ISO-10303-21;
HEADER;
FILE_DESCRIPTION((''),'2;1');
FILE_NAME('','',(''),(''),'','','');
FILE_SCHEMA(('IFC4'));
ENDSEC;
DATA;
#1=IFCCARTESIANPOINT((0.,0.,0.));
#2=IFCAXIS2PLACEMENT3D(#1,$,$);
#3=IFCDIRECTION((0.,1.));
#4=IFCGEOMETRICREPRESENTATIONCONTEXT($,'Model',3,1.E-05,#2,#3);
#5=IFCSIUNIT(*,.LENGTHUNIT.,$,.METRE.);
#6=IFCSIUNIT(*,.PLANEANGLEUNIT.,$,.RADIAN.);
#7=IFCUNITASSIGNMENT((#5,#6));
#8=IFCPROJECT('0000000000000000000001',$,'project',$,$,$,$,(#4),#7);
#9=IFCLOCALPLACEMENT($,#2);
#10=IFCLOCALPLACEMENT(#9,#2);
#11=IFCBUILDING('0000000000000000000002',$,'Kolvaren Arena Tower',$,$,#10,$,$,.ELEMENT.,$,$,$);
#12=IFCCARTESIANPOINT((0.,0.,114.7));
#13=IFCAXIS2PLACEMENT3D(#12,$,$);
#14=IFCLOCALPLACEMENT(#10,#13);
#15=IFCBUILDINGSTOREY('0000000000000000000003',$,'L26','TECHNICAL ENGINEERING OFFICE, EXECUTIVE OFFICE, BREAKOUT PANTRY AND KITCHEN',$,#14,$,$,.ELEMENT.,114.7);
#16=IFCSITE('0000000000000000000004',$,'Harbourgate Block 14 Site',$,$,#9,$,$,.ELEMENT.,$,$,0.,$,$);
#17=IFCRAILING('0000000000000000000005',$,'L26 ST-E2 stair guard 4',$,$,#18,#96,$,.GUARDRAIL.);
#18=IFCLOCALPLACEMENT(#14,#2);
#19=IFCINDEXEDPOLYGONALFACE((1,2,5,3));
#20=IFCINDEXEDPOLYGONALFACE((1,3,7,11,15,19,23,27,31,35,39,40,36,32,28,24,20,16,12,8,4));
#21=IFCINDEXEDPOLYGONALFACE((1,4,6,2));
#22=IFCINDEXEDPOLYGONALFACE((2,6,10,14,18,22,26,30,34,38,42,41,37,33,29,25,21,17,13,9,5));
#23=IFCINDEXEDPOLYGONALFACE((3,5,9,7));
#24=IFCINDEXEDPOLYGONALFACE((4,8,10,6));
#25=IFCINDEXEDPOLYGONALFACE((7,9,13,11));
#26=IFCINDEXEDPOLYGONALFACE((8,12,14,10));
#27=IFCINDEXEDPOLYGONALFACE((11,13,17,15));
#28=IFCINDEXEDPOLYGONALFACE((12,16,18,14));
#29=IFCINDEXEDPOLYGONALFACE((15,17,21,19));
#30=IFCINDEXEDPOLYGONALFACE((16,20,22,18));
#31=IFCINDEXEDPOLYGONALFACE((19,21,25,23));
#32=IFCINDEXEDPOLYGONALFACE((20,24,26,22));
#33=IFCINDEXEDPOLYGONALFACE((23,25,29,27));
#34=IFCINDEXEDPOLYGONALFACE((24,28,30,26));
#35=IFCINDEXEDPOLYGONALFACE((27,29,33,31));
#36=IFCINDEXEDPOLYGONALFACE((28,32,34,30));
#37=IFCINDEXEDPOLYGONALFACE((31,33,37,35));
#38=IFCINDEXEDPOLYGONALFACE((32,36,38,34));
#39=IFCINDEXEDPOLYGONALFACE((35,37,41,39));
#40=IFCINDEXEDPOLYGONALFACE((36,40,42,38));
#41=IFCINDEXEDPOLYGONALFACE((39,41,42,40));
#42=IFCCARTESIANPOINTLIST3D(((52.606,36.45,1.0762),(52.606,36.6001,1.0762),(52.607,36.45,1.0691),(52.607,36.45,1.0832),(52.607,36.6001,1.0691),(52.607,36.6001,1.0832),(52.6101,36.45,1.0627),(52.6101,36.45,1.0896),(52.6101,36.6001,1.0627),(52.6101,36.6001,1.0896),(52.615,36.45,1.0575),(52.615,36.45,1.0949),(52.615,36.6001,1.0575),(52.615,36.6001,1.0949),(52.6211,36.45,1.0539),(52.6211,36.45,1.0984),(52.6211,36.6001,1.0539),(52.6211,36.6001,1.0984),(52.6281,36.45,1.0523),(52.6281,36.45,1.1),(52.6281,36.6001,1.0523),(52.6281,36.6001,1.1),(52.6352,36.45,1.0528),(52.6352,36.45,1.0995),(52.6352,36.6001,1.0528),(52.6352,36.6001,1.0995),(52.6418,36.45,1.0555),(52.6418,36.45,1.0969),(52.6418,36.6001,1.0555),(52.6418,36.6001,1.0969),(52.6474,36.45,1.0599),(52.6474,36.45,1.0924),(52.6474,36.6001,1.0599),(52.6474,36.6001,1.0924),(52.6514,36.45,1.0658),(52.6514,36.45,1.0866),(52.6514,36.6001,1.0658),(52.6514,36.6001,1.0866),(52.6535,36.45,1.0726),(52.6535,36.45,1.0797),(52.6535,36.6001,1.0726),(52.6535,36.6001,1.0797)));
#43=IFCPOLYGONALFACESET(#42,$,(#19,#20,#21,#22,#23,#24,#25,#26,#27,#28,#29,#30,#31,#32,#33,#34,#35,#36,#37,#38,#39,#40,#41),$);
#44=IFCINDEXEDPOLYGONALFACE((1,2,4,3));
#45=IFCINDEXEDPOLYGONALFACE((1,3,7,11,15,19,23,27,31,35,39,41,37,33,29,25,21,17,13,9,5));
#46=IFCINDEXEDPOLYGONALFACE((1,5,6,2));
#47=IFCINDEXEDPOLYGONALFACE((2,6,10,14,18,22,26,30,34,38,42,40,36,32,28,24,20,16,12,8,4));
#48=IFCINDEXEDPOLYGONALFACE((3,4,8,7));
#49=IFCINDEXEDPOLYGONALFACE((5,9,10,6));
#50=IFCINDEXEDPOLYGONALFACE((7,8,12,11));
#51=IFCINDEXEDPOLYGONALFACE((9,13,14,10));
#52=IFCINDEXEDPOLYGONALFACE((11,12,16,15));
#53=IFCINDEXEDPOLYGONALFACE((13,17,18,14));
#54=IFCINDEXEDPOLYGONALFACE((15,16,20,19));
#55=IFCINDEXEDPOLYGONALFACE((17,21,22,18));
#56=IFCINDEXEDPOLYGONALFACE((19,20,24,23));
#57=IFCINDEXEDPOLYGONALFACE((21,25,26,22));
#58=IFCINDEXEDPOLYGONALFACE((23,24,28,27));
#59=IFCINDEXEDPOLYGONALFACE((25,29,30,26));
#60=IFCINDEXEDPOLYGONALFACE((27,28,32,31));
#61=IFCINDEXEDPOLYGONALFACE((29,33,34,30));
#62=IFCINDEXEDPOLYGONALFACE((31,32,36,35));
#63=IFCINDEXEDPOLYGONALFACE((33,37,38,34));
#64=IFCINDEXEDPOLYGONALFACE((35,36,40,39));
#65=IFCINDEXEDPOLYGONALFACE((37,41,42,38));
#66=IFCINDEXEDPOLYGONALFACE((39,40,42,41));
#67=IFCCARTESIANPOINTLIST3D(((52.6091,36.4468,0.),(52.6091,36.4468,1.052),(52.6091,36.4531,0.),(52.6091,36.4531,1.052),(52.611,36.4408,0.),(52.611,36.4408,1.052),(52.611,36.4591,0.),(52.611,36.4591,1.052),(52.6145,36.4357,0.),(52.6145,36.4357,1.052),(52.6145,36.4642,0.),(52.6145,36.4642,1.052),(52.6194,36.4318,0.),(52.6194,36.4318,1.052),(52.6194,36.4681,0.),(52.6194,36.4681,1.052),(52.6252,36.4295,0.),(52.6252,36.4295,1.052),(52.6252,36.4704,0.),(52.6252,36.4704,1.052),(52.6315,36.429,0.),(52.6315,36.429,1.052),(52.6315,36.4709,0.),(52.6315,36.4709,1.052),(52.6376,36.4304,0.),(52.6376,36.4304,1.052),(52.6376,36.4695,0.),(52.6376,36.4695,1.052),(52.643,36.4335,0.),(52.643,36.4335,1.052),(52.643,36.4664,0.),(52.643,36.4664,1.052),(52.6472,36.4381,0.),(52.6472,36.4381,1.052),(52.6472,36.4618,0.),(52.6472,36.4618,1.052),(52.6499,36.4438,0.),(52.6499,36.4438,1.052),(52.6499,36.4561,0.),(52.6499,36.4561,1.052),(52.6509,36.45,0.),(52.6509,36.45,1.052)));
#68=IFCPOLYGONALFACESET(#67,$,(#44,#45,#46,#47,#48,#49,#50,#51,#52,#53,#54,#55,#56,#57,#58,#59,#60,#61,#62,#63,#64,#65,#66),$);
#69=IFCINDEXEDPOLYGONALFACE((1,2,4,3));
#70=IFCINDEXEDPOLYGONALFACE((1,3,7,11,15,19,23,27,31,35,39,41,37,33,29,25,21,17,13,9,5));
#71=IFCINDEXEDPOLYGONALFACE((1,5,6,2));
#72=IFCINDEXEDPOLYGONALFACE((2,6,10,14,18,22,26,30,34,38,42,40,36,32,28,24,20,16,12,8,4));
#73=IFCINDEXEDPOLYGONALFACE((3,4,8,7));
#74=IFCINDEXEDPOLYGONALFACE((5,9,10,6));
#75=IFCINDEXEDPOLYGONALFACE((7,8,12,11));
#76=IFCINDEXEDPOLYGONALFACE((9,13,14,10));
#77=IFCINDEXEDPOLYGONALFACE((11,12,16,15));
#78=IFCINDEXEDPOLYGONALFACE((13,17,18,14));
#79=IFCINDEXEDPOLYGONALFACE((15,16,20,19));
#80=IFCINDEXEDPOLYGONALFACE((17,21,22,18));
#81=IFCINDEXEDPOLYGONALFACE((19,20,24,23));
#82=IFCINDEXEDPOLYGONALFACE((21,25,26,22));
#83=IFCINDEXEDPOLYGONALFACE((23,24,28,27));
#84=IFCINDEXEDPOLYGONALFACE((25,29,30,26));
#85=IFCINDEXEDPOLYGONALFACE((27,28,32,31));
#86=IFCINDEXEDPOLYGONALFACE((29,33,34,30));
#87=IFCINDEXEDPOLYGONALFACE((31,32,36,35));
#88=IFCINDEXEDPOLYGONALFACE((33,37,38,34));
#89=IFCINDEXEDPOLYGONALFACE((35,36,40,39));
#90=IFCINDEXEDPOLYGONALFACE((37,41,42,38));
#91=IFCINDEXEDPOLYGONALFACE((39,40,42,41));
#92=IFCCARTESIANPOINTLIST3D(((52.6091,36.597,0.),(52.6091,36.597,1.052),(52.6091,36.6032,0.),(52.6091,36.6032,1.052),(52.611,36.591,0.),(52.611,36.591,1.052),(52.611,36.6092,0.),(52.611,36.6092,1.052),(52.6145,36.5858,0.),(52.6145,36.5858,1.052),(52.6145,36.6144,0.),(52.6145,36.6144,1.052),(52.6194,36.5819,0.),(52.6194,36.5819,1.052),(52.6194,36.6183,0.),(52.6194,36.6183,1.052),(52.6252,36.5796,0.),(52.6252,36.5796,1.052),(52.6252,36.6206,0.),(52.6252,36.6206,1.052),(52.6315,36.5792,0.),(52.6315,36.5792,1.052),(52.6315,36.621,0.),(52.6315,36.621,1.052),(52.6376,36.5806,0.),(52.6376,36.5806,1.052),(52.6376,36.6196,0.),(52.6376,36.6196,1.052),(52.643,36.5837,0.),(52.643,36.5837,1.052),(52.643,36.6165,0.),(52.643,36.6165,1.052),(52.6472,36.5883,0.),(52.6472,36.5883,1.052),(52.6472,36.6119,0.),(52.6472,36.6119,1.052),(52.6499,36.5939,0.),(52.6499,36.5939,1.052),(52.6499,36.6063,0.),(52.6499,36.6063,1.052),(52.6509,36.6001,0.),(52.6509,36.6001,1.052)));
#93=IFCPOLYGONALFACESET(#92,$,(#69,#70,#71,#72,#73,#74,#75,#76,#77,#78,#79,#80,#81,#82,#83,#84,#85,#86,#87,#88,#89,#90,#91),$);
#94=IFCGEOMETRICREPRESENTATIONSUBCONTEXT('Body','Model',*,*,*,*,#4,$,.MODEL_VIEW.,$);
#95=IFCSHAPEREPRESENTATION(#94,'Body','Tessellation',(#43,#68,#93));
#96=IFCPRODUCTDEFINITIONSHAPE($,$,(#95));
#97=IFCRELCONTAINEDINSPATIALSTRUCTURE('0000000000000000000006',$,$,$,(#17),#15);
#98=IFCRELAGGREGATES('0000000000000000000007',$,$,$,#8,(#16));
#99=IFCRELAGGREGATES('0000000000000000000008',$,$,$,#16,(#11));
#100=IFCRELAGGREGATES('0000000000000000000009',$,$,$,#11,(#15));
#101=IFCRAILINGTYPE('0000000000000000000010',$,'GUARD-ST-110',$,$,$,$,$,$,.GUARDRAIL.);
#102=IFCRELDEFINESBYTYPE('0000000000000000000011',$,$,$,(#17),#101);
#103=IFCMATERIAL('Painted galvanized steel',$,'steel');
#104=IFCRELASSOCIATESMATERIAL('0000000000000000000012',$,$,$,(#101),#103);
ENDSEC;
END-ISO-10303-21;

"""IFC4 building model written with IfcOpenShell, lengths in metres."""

from ifc_helpers import new_model, si_unit, direction, frame, origin, origin_2d, place, context, subcontext, project, spatial, circle, extrude, material, type_object, element, save


model = new_model("IFC4")

# Units and contexts
model_context = context("Model", 3, precision=1e-05, world=origin(), true_north=direction((0.0, 1.0)))
body_context = subcontext(model_context, "Body", "Model", "MODEL_VIEW")
ifc_project = project(units=[si_unit("LENGTHUNIT", "METRE"), si_unit("PLANEANGLEUNIT", "RADIAN")], contexts=[model_context])

# Site, building, storey
site_placement = place(None, origin())
site = spatial("IfcSite", under=ifc_project, at=site_placement, Name="Harbourgate Block 14 Site", CompositionType="ELEMENT", RefElevation=0.0)
building_placement = place(site_placement, origin())
building = spatial("IfcBuilding", under=site, at=building_placement, Name="Kolvaren Arena Tower", CompositionType="ELEMENT")
storey_placement = place(building_placement, frame((0.0, 0.0, 114.7)))
storey = spatial("IfcBuildingStorey", under=building, at=storey_placement, Name="L26", Description="TECHNICAL ENGINEERING OFFICE, EXECUTIVE OFFICE, BREAKOUT PANTRY AND KITCHEN", CompositionType="ELEMENT", Elevation=114.7)

# Railing
ifc_material_1 = material(Name="Painted galvanized steel", Category="steel")
railing_type_1 = type_object("IfcRailingType", Name="GUARD-ST-110", PredefinedType="GUARDRAIL", material=ifc_material_1)
railing_1_placement = place(storey_placement, frame((52.6299, 36.45, 0.0)))
element("IfcRailing", 1, at=railing_1_placement, inside=storey, type_object=railing_type_1, Name="L26 ST-E2 stair guard 4", PredefinedType="GUARDRAIL", context=body_context, shape_type="SweptSolid", body=[
    extrude(circle(Radius=0.0239, at=origin_2d()), frame((0.0, 0.0, 1.0762), z_axis=(0.0, 1.0, 0.0), x_axis=(-1.0, 0.0, 0.0)), (0.0, 0.0, 1.0), 0.1501),
    extrude(circle(Radius=0.021, at=origin_2d()), origin(), (0.0, 0.0, 1.0), 1.052),
    extrude(circle(Radius=0.021, at=origin_2d()), frame((0.0, 0.1501, 0.0)), (0.0, 0.0, 1.0), 1.052),
])

save(model, "model.ifc")
